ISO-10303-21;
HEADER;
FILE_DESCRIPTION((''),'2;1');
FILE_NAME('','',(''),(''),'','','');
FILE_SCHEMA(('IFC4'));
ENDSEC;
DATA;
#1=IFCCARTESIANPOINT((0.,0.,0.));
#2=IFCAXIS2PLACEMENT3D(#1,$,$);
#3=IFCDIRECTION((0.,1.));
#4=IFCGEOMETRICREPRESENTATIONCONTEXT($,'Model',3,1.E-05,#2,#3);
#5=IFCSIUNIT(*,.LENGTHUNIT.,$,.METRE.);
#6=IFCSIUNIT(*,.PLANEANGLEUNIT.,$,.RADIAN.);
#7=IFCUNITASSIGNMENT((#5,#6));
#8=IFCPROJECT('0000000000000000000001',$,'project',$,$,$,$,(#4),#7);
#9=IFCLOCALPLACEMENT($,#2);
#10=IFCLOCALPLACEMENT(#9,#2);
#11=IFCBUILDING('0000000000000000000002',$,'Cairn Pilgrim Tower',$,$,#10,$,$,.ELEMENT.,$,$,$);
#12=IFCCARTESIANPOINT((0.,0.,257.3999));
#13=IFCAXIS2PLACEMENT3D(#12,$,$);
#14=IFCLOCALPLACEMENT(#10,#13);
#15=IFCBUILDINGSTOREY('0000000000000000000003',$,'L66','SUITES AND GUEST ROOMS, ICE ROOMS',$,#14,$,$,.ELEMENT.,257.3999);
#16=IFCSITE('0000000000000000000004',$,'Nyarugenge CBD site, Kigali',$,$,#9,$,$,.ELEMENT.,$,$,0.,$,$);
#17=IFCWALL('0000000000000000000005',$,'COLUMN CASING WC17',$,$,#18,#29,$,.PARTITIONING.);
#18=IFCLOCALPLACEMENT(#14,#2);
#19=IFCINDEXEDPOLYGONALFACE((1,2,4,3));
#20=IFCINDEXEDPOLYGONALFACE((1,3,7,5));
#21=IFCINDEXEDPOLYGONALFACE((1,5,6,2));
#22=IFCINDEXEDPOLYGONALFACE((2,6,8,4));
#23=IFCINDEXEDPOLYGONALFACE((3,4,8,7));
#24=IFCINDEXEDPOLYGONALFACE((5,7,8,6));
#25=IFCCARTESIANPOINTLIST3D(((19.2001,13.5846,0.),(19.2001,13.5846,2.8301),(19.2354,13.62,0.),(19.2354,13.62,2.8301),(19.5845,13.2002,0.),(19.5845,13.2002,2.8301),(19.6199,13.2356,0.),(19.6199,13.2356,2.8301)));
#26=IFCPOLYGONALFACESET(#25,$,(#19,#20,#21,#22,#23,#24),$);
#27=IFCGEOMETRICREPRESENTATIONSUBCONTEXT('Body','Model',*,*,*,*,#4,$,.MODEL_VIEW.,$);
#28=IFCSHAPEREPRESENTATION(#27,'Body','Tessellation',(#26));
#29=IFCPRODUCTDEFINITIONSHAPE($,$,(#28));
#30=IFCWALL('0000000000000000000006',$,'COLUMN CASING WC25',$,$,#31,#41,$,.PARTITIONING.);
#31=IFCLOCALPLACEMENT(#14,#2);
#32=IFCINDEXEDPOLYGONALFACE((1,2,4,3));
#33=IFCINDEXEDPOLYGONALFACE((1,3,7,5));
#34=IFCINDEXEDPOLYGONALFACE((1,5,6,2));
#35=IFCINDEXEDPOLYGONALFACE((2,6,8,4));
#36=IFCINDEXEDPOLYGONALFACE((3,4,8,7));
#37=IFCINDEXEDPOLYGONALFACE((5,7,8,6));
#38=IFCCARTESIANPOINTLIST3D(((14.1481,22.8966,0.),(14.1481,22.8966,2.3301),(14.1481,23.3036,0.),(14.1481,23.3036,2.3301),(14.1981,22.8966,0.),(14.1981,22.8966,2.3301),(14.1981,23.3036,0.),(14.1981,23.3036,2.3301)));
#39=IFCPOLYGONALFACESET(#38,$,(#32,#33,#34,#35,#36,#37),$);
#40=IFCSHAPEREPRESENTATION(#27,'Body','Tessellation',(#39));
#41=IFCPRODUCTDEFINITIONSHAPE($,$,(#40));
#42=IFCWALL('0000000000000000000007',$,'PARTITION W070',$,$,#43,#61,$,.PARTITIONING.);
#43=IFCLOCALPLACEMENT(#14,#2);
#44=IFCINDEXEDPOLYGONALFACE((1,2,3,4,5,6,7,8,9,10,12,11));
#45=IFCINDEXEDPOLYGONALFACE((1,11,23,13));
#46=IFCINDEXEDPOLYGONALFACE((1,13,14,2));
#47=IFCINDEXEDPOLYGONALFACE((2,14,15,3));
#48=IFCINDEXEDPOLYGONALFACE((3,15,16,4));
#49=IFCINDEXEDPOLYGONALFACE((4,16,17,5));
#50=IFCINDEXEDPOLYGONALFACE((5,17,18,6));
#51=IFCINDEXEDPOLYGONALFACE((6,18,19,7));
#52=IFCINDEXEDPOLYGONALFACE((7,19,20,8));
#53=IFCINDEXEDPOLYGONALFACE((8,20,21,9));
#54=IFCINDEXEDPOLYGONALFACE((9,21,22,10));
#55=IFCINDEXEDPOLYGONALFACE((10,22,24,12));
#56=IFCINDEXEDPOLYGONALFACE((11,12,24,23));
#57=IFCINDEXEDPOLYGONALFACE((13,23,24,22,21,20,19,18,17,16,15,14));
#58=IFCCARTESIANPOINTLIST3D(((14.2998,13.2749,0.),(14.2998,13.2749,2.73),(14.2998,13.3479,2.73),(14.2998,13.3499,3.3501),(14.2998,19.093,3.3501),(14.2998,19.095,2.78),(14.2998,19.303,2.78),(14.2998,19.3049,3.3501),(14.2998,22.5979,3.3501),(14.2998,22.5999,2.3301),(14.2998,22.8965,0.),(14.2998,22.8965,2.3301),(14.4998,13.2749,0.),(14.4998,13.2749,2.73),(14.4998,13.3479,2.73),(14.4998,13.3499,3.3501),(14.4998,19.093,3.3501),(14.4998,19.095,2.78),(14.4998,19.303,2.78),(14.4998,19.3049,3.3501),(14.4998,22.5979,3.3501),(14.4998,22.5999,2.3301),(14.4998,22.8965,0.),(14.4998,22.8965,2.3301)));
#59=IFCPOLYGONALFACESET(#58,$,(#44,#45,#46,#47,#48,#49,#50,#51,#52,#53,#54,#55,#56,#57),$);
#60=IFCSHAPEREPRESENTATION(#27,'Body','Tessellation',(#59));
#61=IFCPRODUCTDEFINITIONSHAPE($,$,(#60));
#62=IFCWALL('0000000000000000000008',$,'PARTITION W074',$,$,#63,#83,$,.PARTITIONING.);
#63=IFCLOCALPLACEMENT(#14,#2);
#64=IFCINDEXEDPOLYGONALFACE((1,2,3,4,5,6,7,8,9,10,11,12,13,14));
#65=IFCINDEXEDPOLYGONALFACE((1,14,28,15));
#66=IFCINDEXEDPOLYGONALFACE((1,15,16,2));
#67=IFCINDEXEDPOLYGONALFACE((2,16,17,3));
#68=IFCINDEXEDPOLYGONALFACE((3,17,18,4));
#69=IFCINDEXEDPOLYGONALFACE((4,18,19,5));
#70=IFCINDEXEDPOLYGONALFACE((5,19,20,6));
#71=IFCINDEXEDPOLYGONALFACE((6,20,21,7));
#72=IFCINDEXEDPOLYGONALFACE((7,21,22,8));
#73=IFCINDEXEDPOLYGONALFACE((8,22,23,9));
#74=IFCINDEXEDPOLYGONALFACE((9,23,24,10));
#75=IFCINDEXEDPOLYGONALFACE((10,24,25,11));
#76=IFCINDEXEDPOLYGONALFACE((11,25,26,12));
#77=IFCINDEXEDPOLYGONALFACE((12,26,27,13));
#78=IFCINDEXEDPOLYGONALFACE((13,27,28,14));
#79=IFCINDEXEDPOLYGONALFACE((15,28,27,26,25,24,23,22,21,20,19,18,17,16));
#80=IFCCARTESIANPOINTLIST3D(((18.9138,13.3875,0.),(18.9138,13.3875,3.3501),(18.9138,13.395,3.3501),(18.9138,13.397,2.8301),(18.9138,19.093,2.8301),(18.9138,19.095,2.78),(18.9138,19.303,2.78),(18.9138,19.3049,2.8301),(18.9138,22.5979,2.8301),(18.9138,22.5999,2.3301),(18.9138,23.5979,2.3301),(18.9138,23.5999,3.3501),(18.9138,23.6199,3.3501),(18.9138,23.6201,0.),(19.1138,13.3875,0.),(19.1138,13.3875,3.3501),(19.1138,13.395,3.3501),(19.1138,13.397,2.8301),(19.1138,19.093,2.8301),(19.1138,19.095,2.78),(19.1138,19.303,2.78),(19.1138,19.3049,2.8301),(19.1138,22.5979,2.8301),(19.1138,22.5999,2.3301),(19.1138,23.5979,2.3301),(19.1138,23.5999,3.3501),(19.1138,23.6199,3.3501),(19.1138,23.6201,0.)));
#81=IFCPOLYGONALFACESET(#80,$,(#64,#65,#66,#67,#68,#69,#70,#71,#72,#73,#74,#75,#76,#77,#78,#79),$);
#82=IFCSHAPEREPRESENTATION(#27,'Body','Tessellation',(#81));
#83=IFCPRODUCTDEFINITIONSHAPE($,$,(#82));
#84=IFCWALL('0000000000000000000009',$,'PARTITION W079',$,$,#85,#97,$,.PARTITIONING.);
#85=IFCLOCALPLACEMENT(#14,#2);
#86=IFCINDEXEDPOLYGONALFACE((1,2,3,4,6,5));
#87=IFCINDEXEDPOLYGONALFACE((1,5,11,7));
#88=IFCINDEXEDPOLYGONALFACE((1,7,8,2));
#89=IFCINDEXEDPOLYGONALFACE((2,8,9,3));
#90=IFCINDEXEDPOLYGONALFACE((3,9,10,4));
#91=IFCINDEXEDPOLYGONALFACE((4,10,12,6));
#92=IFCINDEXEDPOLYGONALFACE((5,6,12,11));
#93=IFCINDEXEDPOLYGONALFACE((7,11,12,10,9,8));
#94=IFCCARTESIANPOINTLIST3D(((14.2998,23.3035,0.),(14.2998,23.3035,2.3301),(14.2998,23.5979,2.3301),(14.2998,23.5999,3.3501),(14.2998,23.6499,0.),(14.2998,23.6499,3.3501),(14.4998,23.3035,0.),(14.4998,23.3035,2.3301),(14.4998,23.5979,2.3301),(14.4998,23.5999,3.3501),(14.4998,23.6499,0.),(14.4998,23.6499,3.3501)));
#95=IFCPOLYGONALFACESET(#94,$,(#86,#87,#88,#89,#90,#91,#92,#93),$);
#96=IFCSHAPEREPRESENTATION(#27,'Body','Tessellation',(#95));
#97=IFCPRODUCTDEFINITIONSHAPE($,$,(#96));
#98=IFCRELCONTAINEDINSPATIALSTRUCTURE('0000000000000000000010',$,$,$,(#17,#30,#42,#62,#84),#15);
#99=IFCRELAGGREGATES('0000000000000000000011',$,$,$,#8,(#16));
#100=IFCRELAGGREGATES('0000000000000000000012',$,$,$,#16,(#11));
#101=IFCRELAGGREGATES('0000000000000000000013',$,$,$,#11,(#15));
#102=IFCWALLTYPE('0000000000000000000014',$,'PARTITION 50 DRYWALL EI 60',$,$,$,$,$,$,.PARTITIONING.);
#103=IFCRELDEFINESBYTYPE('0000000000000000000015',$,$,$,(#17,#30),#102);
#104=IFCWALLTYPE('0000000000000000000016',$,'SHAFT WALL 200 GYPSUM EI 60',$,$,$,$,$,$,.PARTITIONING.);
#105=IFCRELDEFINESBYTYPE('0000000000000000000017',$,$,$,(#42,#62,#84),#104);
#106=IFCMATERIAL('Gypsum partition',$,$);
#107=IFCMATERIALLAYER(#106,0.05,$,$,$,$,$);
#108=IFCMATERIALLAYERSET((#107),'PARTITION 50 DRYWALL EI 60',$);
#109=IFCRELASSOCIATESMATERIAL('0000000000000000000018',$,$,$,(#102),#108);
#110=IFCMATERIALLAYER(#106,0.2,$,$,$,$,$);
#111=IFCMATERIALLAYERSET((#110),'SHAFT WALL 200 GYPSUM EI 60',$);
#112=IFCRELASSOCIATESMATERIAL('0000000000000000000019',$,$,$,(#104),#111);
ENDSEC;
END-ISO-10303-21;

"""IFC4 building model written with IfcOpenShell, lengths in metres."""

from ifc_helpers import new_model, si_unit, direction, frame, frame_2d, origin, place, context, subcontext, project, spatial, polyline, rectangle, outline, extrude, material, layer, layer_set, type_object, element, save


model = new_model("IFC4")

# Units and contexts
model_context = context("Model", 3, precision=1e-05, world=origin(), true_north=direction((0.0, 1.0)))
body_context = subcontext(model_context, "Body", "Model", "MODEL_VIEW")
ifc_project = project(units=[si_unit("LENGTHUNIT", "METRE"), si_unit("PLANEANGLEUNIT", "RADIAN")], contexts=[model_context])

# Site, building, storey
site_placement = place(None, origin())
site = spatial("IfcSite", under=ifc_project, at=site_placement, Name="Nyarugenge CBD site, Kigali", CompositionType="ELEMENT", RefElevation=0.0)
building_placement = place(site_placement, origin())
building = spatial("IfcBuilding", under=site, at=building_placement, Name="Cairn Pilgrim Tower", CompositionType="ELEMENT")
storey_placement = place(building_placement, frame((0.0, 0.0, 257.3999)))
storey = spatial("IfcBuildingStorey", under=building, at=storey_placement, Name="L66", Description="SUITES AND GUEST ROOMS, ICE ROOMS", CompositionType="ELEMENT", Elevation=257.3999)

# Shared definitions
ifc_material_1 = material(Name="Gypsum partition")

# Walls
ifc_layer_1 = layer(ifc_material_1, 0.05)
ifc_layer_set_1 = layer_set([ifc_layer_1], Name="PARTITION 50 DRYWALL EI 60")
wall_type_1 = type_object("IfcWallType", Name="PARTITION 50 DRYWALL EI 60", PredefinedType="PARTITIONING", material=ifc_layer_set_1)
wall_1_placement = place(storey_placement, frame((19.6023, 13.2178, 0.0), z_axis=(0.0, 0.0, 1.0), x_axis=(-0.707107, 0.707107, 0.0)))
element("IfcWall", 1, at=wall_1_placement, inside=storey, type_object=wall_type_1, Name="COLUMN CASING WC17", PredefinedType="PARTITIONING", context=body_context, shape_type="SweptSolid", body=[
    extrude(rectangle(XDim=0.5437, YDim=0.05, at=frame_2d((0.272, 0.0))), origin(), (0.0, 0.0, 1.0), 2.8301),
])
wall_2_placement = place(storey_placement, frame((14.1731, 22.8965, 0.0), z_axis=(0.0, 0.0, 1.0), x_axis=(0.0, 1.0, 0.0)))
element("IfcWall", 2, at=wall_2_placement, inside=storey, type_object=wall_type_1, Name="COLUMN CASING WC25", PredefinedType="PARTITIONING", context=body_context, shape_type="SweptSolid", body=[
    extrude(rectangle(XDim=0.407, YDim=0.05, at=frame_2d((0.2036, 0.0))), origin(), (0.0, 0.0, 1.0), 2.3301),
])
ifc_layer_2 = layer(ifc_material_1, 0.2)
ifc_layer_set_2 = layer_set([ifc_layer_2], Name="SHAFT WALL 200 GYPSUM EI 60")
wall_type_2 = type_object("IfcWallType", Name="SHAFT WALL 200 GYPSUM EI 60", PredefinedType="PARTITIONING", material=ifc_layer_set_2)
wall_3_placement = place(storey_placement, frame((14.3999, 13.2749, 0.0), z_axis=(0.0, 0.0, 1.0), x_axis=(0.0, 1.0, 0.0)))
element("IfcWall", 3, at=wall_3_placement, inside=storey, type_object=wall_type_2, Name="PARTITION W070", PredefinedType="PARTITIONING", context=body_context, shape_type="SweptSolid", body=[
    extrude(outline(polyline([(0.0, 0.0), (9.6216, 0.0), (9.6216, 2.3301), (9.325, 2.3301), (9.323, 3.3501), (6.03, 3.3501), (6.0281, 2.78), (5.8201, 2.78), (5.8181, 3.3501), (0.075, 3.3501), (0.073, 2.73), (0.0, 2.73), (0.0, 0.0)])), frame((0.0, 0.1001, 0.0), z_axis=(0.0, -1.0, 0.0), x_axis=(1.0, 0.0, 0.0)), (0.0, 0.0, 1.0), 0.2),
])
wall_4_placement = place(storey_placement, frame((19.0139, 13.3875, 0.0), z_axis=(0.0, 0.0, 1.0), x_axis=(0.0, 1.0, 0.0)))
element("IfcWall", 4, at=wall_4_placement, inside=storey, type_object=wall_type_2, Name="PARTITION W074", PredefinedType="PARTITIONING", context=body_context, shape_type="SweptSolid", body=[
    extrude(outline(polyline([(0.0, 0.0), (10.2327, 0.0), (10.2324, 3.3501), (10.2124, 3.3501), (10.2104, 2.3301), (9.2124, 2.3301), (9.2104, 2.8301), (5.9175, 2.8301), (5.9155, 2.78), (5.7075, 2.78), (5.7056, 2.8301), (0.0095, 2.8301), (0.0076, 3.3501), (0.0, 3.3501), (0.0, 0.0)])), frame((0.0, 0.1001, 0.0), z_axis=(0.0, -1.0, 0.0), x_axis=(1.0, 0.0, 0.0)), (0.0, 0.0, 1.0), 0.2),
])
wall_5_placement = place(storey_placement, frame((14.3999, 23.3035, 0.0), z_axis=(0.0, 0.0, 1.0), x_axis=(0.0, 1.0, 0.0)))
element("IfcWall", 5, at=wall_5_placement, inside=storey, type_object=wall_type_2, Name="PARTITION W079", PredefinedType="PARTITIONING", context=body_context, shape_type="SweptSolid", body=[
    extrude(outline(polyline([(0.0, 0.0), (0.3464, 0.0), (0.3464, 3.3501), (0.2964, 3.3501), (0.2944, 2.3301), (0.0, 2.3301), (0.0, 0.0)])), frame((0.0, 0.1001, 0.0), z_axis=(0.0, -1.0, 0.0), x_axis=(1.0, 0.0, 0.0)), (0.0, 0.0, 1.0), 0.2),
])

save(model, "model.ifc")
